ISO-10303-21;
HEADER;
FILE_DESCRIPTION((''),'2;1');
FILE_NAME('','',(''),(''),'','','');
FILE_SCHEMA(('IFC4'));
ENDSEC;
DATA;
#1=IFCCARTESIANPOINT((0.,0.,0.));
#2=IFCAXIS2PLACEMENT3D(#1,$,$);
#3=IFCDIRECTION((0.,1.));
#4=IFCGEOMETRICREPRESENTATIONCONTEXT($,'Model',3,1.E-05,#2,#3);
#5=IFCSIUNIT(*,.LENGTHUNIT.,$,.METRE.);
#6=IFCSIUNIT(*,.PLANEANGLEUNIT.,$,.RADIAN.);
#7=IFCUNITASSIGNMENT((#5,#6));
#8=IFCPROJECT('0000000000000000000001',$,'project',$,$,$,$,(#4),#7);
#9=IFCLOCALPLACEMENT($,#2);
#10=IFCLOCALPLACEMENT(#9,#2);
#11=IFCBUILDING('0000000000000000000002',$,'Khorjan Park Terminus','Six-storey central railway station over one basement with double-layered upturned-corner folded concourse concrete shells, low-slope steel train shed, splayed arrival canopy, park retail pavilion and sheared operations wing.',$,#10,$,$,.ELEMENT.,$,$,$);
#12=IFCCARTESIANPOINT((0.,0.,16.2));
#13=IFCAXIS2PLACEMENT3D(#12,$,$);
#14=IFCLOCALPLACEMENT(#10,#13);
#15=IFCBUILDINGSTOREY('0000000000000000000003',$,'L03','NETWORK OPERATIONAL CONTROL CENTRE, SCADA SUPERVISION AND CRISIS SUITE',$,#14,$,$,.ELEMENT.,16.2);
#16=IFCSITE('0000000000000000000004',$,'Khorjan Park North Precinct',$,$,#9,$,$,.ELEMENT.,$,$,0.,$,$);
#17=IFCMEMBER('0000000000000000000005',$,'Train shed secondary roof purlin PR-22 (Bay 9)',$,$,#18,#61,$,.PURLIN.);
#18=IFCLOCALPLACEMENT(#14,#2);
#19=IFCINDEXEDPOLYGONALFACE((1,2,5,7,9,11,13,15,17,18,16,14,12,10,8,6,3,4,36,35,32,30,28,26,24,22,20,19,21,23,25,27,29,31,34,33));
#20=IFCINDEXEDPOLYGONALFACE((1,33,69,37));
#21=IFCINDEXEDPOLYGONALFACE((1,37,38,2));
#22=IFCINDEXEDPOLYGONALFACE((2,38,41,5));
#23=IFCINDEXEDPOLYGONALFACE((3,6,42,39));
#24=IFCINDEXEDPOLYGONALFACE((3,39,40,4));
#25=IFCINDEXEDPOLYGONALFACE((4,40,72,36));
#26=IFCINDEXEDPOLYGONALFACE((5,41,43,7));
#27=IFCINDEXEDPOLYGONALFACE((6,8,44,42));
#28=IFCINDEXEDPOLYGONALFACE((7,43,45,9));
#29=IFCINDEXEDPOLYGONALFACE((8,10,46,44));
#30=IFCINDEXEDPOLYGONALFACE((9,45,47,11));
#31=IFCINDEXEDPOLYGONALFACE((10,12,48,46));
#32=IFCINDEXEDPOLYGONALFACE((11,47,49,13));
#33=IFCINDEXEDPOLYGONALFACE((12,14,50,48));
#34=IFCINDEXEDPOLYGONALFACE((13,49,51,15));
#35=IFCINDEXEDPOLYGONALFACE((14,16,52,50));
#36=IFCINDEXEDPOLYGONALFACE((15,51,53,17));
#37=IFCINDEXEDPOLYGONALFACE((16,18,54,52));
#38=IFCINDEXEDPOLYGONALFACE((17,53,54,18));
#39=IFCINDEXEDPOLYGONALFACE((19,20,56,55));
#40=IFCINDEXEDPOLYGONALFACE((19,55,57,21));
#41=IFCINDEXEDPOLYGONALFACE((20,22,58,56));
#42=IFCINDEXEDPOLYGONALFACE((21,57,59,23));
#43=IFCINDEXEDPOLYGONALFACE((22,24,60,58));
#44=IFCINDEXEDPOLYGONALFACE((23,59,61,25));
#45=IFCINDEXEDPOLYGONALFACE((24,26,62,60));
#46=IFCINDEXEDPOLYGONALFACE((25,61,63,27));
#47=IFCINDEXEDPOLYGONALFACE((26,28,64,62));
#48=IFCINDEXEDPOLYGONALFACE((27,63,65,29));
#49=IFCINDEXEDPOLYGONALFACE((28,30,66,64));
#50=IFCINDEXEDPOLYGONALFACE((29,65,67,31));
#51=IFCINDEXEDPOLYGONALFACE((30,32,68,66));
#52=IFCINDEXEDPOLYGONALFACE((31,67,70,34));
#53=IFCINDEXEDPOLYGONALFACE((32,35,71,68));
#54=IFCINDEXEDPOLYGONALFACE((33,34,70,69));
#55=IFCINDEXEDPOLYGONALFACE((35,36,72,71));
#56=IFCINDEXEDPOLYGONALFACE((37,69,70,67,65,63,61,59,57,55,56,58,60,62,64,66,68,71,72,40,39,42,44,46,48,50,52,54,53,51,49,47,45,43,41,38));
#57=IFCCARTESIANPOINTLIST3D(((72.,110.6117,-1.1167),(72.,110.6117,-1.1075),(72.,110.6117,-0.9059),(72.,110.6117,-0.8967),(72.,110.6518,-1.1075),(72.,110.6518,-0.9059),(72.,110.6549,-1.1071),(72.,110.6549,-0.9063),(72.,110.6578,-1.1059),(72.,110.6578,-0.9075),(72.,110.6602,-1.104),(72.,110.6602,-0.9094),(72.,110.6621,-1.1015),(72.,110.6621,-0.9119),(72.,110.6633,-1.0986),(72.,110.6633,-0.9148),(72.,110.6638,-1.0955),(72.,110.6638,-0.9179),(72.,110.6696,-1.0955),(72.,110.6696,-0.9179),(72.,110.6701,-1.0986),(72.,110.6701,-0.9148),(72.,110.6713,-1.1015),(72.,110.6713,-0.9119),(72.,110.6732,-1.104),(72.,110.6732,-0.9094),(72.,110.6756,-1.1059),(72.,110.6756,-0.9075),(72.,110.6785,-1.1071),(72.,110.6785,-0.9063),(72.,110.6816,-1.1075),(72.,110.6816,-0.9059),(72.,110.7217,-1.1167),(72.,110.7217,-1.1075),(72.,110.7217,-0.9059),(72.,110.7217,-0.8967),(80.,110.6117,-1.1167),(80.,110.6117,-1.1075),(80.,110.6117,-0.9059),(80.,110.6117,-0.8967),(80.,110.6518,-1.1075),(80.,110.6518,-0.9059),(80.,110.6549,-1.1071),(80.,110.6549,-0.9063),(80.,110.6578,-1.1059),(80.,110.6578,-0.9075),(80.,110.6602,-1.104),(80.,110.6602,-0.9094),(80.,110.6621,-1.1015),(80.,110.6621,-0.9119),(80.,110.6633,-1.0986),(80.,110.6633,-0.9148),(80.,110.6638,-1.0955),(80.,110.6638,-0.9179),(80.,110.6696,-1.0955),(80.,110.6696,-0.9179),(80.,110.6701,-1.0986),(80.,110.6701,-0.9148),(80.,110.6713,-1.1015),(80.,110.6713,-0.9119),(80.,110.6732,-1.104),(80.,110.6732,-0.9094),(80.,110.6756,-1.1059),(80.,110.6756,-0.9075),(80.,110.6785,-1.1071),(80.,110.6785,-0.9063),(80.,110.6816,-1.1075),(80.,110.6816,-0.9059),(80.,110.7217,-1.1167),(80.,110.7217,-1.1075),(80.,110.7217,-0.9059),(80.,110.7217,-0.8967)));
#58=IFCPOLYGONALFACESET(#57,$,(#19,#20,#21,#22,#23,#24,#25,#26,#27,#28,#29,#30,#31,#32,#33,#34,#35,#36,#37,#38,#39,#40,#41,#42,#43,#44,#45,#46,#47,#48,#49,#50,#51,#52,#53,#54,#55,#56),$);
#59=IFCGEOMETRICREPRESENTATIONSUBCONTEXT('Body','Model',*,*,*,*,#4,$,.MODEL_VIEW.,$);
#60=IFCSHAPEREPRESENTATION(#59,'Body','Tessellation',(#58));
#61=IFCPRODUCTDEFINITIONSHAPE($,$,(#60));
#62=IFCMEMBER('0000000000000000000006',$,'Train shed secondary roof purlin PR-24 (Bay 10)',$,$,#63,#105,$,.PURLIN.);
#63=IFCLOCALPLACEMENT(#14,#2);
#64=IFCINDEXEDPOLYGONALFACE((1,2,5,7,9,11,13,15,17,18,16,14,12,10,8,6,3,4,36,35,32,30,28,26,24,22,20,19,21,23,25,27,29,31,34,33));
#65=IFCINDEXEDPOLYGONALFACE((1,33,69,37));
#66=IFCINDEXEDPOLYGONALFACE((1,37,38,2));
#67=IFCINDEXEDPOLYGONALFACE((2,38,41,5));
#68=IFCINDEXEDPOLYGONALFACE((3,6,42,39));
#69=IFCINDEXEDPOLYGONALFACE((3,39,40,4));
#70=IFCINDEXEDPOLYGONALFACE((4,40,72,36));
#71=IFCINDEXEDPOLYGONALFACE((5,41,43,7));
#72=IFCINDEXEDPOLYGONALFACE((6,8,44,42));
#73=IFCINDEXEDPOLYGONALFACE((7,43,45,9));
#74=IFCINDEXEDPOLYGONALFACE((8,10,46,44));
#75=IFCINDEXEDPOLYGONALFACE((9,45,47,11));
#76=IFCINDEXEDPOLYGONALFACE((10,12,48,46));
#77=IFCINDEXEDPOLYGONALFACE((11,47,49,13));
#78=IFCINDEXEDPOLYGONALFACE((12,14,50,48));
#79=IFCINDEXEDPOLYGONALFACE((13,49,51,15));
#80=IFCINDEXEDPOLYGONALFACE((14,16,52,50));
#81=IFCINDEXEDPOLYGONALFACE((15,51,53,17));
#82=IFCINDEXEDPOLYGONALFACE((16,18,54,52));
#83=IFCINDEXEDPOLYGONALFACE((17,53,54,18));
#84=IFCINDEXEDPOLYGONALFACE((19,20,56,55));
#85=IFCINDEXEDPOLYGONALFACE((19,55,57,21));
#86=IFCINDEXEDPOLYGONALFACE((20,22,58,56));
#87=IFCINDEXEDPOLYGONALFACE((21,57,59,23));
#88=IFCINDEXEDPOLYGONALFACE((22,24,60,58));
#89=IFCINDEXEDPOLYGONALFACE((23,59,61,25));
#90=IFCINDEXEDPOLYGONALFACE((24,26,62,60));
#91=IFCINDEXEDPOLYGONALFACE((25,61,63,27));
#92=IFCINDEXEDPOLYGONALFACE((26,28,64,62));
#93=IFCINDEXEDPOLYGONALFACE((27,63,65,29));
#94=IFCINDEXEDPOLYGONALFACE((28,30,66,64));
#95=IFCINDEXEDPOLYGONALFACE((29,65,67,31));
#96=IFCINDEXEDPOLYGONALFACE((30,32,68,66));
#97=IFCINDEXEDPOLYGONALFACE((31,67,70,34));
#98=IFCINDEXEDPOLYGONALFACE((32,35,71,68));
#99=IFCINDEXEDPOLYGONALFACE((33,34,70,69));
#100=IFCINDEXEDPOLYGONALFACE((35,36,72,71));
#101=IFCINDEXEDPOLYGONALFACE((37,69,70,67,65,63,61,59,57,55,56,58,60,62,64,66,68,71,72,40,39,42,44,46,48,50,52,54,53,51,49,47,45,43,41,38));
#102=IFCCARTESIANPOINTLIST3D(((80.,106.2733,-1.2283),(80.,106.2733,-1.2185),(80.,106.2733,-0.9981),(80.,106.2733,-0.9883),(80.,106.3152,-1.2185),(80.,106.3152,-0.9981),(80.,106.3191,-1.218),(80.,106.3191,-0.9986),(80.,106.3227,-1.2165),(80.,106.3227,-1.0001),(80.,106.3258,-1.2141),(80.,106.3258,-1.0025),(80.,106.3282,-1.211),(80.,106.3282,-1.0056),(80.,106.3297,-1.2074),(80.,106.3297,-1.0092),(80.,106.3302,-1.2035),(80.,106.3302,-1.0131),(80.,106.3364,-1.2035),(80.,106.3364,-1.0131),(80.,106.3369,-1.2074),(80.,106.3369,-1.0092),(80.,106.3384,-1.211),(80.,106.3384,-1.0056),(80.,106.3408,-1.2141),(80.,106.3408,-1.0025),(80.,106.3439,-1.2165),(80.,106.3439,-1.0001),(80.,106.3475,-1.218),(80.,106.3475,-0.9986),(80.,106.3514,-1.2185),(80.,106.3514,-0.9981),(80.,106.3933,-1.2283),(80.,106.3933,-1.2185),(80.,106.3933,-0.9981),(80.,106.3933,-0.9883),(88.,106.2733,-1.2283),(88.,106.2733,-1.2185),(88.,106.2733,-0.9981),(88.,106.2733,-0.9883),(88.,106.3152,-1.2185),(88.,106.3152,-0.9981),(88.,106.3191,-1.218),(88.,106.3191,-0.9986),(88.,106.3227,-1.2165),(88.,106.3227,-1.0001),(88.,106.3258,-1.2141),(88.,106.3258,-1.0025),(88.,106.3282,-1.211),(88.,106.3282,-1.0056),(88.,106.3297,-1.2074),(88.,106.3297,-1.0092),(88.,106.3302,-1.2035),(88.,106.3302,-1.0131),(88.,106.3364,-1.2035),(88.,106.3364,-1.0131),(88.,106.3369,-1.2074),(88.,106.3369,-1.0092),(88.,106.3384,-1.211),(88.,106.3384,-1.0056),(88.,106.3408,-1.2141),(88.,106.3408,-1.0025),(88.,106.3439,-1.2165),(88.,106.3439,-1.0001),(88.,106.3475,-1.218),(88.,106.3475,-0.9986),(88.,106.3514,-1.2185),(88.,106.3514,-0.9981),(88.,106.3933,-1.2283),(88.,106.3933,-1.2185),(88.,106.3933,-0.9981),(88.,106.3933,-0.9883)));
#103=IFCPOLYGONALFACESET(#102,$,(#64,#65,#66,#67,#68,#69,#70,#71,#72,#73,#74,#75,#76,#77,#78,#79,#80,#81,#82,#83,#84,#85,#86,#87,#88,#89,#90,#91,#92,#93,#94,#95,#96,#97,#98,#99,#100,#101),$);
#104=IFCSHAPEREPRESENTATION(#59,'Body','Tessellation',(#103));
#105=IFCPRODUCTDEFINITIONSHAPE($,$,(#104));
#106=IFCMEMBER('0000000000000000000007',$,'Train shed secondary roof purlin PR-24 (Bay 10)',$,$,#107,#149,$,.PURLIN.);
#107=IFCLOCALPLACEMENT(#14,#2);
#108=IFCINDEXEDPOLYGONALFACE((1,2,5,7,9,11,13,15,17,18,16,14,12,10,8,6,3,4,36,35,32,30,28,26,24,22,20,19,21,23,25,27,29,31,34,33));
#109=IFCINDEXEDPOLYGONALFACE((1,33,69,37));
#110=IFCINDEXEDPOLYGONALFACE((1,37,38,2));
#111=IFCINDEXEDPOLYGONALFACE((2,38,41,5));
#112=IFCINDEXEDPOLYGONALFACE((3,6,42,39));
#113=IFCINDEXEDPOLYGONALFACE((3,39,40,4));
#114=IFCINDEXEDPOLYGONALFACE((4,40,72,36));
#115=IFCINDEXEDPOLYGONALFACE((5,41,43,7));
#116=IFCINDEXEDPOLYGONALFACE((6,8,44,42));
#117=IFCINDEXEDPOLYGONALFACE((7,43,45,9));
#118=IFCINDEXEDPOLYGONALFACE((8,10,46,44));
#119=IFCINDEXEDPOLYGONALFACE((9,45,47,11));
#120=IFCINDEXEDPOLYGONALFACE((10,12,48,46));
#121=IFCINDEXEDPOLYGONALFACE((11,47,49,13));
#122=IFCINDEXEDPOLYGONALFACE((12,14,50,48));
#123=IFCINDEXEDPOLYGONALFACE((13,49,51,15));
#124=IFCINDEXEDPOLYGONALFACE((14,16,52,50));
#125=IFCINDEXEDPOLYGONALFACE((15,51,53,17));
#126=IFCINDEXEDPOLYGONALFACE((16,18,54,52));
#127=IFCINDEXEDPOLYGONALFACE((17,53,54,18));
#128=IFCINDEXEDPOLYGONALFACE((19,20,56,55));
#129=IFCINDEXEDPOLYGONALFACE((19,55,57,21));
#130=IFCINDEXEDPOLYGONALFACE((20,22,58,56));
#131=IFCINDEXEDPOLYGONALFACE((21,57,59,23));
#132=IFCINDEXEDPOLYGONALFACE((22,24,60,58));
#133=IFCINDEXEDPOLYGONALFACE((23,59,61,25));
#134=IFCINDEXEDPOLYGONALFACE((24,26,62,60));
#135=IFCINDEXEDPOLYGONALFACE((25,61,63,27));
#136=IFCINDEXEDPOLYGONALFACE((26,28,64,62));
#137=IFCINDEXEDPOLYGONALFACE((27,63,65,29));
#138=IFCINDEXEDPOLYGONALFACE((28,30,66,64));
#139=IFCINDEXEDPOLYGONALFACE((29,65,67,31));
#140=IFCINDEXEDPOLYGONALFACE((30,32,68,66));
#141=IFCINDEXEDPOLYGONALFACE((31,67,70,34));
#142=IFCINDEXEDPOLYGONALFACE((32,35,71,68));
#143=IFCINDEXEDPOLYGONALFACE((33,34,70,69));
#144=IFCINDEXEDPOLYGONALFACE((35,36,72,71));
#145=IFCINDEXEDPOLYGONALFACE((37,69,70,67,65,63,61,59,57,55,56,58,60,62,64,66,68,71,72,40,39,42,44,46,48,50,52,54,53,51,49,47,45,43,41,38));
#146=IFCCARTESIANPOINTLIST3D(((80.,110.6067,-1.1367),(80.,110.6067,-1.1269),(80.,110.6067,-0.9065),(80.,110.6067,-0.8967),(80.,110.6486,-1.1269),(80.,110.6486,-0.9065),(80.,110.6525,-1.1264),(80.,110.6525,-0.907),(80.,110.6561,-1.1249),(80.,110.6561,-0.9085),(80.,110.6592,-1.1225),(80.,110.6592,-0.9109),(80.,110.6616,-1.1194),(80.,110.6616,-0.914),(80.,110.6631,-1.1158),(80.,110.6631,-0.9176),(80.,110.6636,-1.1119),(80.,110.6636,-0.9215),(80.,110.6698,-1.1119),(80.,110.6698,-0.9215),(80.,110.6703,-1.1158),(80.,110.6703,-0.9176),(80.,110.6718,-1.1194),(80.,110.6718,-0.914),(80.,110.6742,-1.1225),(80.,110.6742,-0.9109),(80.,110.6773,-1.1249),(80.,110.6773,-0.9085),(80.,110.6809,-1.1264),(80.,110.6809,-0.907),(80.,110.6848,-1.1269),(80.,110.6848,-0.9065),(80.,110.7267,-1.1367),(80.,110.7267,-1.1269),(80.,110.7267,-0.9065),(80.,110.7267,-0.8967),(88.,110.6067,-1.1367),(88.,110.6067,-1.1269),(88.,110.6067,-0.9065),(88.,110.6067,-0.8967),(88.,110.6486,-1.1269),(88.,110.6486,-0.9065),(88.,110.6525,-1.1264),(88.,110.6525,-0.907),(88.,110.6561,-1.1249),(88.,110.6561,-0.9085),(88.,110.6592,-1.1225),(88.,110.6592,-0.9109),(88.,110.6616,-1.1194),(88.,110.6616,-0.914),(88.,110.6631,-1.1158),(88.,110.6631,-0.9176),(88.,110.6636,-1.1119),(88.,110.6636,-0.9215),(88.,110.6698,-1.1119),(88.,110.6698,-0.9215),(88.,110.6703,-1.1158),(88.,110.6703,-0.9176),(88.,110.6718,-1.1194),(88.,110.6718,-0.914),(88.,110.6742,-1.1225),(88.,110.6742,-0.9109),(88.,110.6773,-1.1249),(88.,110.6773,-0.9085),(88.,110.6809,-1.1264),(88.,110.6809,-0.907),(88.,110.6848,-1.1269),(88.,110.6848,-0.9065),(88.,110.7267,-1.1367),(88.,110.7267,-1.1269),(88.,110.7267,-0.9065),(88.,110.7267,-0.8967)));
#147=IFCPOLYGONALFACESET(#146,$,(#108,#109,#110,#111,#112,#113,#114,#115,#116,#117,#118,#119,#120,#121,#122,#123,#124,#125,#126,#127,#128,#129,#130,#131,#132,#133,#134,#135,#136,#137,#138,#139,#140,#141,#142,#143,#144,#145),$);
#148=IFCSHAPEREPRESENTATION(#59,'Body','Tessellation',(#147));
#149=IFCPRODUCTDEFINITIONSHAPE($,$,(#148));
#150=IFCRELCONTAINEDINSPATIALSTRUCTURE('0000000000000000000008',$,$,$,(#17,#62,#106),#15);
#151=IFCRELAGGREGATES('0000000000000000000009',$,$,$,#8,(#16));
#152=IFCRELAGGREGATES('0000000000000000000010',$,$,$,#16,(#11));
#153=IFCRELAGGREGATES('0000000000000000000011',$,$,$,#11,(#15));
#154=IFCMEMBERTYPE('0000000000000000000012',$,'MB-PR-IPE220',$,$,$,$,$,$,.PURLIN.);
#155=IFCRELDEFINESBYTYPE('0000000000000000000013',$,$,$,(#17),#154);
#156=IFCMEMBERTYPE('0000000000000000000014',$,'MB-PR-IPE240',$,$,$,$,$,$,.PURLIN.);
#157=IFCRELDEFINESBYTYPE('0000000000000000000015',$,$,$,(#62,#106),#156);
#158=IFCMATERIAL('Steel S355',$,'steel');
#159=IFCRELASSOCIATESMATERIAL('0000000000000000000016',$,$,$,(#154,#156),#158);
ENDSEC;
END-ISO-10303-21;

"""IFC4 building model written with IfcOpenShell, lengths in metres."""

from ifc_helpers import new_model, si_unit, direction, frame, origin, origin_2d, place, context, subcontext, project, spatial, i_section, extrude, material, material_profile, profile_set, type_object, element, save


model = new_model("IFC4")

# Units and contexts
model_context = context("Model", 3, precision=1e-05, world=origin(), true_north=direction((0.0, 1.0)))
body_context = subcontext(model_context, "Body", "Model", "MODEL_VIEW")
ifc_project = project(units=[si_unit("LENGTHUNIT", "METRE"), si_unit("PLANEANGLEUNIT", "RADIAN")], contexts=[model_context])

# Site, building, storey
site_placement = place(None, origin())
site = spatial("IfcSite", under=ifc_project, at=site_placement, Name="Khorjan Park North Precinct", CompositionType="ELEMENT", RefElevation=0.0)
building_placement = place(site_placement, origin())
building = spatial("IfcBuilding", under=site, at=building_placement, Name="Khorjan Park Terminus", Description="Six-storey central railway station over one basement with double-layered upturned-corner folded concourse concrete shells, low-slope steel train shed, splayed arrival canopy, park retail pavilion and sheared operations wing.", CompositionType="ELEMENT")
storey_placement = place(building_placement, frame((0.0, 0.0, 16.2)))
storey = spatial("IfcBuildingStorey", under=building, at=storey_placement, Name="L03", Description="NETWORK OPERATIONAL CONTROL CENTRE, SCADA SUPERVISION AND CRISIS SUITE", CompositionType="ELEMENT", Elevation=16.2)

# Members
ifc_material = material(Name="Steel S355", Category="steel")
ifc_material_profile_1 = material_profile(ifc_material, i_section(OverallWidth=0.11, OverallDepth=0.22, WebThickness=0.0059, FlangeThickness=0.0092, FilletRadius=0.012, at=origin_2d()), Name="IPE 220")
ifc_profile_set_1 = profile_set([ifc_material_profile_1], Name="Steel S355")
member_type_1 = type_object("IfcMemberType", Name="MB-PR-IPE220", PredefinedType="PURLIN", material=ifc_profile_set_1)
for number, where, z_axis, x_axis, name in (
    (1, (72.0, 110.6667, -1.0067), (1.0, 0.0, 0.0), (0.0, 1.0, 0.0), "Train shed secondary roof purlin PR-22 (Bay 9)"),
):
    element("IfcMember", number, at=place(storey_placement, frame(where, z_axis=z_axis, x_axis=x_axis)), inside=storey, type_object=member_type_1, Name=name, PredefinedType="PURLIN", context=body_context, shape_type="SweptSolid", body=[
        extrude(i_section(OverallWidth=0.11, OverallDepth=0.22, WebThickness=0.0059, FlangeThickness=0.0092, FilletRadius=0.012, at=origin_2d()), origin(), (0.0, 0.0, 1.0), 8.0),
    ])
ifc_material_profile_2 = material_profile(ifc_material, i_section(OverallWidth=0.12, OverallDepth=0.24, WebThickness=0.0062, FlangeThickness=0.0098, FilletRadius=0.015, at=origin_2d()), Name="IPE 240")
ifc_profile_set_2 = profile_set([ifc_material_profile_2], Name="Steel S355")
member_type_2 = type_object("IfcMemberType", Name="MB-PR-IPE240", PredefinedType="PURLIN", material=ifc_profile_set_2)
for number, where, z_axis, x_axis, name in (
    (2, (80.0, 106.3333, -1.1083), (1.0, 0.0, 0.0), (0.0, 1.0, 0.0), "Train shed secondary roof purlin PR-24 (Bay 10)"),
    (3, (80.0, 110.6667, -1.0167), (1.0, 0.0, 0.0), (0.0, 1.0, 0.0), "Train shed secondary roof purlin PR-24 (Bay 10)"),
):
    element("IfcMember", number, at=place(storey_placement, frame(where, z_axis=z_axis, x_axis=x_axis)), inside=storey, type_object=member_type_2, Name=name, PredefinedType="PURLIN", context=body_context, shape_type="SweptSolid", body=[
        extrude(i_section(OverallWidth=0.12, OverallDepth=0.24, WebThickness=0.0062, FlangeThickness=0.0098, FilletRadius=0.015, at=origin_2d()), origin(), (0.0, 0.0, 1.0), 8.0),
    ])

save(model, "model.ifc")
